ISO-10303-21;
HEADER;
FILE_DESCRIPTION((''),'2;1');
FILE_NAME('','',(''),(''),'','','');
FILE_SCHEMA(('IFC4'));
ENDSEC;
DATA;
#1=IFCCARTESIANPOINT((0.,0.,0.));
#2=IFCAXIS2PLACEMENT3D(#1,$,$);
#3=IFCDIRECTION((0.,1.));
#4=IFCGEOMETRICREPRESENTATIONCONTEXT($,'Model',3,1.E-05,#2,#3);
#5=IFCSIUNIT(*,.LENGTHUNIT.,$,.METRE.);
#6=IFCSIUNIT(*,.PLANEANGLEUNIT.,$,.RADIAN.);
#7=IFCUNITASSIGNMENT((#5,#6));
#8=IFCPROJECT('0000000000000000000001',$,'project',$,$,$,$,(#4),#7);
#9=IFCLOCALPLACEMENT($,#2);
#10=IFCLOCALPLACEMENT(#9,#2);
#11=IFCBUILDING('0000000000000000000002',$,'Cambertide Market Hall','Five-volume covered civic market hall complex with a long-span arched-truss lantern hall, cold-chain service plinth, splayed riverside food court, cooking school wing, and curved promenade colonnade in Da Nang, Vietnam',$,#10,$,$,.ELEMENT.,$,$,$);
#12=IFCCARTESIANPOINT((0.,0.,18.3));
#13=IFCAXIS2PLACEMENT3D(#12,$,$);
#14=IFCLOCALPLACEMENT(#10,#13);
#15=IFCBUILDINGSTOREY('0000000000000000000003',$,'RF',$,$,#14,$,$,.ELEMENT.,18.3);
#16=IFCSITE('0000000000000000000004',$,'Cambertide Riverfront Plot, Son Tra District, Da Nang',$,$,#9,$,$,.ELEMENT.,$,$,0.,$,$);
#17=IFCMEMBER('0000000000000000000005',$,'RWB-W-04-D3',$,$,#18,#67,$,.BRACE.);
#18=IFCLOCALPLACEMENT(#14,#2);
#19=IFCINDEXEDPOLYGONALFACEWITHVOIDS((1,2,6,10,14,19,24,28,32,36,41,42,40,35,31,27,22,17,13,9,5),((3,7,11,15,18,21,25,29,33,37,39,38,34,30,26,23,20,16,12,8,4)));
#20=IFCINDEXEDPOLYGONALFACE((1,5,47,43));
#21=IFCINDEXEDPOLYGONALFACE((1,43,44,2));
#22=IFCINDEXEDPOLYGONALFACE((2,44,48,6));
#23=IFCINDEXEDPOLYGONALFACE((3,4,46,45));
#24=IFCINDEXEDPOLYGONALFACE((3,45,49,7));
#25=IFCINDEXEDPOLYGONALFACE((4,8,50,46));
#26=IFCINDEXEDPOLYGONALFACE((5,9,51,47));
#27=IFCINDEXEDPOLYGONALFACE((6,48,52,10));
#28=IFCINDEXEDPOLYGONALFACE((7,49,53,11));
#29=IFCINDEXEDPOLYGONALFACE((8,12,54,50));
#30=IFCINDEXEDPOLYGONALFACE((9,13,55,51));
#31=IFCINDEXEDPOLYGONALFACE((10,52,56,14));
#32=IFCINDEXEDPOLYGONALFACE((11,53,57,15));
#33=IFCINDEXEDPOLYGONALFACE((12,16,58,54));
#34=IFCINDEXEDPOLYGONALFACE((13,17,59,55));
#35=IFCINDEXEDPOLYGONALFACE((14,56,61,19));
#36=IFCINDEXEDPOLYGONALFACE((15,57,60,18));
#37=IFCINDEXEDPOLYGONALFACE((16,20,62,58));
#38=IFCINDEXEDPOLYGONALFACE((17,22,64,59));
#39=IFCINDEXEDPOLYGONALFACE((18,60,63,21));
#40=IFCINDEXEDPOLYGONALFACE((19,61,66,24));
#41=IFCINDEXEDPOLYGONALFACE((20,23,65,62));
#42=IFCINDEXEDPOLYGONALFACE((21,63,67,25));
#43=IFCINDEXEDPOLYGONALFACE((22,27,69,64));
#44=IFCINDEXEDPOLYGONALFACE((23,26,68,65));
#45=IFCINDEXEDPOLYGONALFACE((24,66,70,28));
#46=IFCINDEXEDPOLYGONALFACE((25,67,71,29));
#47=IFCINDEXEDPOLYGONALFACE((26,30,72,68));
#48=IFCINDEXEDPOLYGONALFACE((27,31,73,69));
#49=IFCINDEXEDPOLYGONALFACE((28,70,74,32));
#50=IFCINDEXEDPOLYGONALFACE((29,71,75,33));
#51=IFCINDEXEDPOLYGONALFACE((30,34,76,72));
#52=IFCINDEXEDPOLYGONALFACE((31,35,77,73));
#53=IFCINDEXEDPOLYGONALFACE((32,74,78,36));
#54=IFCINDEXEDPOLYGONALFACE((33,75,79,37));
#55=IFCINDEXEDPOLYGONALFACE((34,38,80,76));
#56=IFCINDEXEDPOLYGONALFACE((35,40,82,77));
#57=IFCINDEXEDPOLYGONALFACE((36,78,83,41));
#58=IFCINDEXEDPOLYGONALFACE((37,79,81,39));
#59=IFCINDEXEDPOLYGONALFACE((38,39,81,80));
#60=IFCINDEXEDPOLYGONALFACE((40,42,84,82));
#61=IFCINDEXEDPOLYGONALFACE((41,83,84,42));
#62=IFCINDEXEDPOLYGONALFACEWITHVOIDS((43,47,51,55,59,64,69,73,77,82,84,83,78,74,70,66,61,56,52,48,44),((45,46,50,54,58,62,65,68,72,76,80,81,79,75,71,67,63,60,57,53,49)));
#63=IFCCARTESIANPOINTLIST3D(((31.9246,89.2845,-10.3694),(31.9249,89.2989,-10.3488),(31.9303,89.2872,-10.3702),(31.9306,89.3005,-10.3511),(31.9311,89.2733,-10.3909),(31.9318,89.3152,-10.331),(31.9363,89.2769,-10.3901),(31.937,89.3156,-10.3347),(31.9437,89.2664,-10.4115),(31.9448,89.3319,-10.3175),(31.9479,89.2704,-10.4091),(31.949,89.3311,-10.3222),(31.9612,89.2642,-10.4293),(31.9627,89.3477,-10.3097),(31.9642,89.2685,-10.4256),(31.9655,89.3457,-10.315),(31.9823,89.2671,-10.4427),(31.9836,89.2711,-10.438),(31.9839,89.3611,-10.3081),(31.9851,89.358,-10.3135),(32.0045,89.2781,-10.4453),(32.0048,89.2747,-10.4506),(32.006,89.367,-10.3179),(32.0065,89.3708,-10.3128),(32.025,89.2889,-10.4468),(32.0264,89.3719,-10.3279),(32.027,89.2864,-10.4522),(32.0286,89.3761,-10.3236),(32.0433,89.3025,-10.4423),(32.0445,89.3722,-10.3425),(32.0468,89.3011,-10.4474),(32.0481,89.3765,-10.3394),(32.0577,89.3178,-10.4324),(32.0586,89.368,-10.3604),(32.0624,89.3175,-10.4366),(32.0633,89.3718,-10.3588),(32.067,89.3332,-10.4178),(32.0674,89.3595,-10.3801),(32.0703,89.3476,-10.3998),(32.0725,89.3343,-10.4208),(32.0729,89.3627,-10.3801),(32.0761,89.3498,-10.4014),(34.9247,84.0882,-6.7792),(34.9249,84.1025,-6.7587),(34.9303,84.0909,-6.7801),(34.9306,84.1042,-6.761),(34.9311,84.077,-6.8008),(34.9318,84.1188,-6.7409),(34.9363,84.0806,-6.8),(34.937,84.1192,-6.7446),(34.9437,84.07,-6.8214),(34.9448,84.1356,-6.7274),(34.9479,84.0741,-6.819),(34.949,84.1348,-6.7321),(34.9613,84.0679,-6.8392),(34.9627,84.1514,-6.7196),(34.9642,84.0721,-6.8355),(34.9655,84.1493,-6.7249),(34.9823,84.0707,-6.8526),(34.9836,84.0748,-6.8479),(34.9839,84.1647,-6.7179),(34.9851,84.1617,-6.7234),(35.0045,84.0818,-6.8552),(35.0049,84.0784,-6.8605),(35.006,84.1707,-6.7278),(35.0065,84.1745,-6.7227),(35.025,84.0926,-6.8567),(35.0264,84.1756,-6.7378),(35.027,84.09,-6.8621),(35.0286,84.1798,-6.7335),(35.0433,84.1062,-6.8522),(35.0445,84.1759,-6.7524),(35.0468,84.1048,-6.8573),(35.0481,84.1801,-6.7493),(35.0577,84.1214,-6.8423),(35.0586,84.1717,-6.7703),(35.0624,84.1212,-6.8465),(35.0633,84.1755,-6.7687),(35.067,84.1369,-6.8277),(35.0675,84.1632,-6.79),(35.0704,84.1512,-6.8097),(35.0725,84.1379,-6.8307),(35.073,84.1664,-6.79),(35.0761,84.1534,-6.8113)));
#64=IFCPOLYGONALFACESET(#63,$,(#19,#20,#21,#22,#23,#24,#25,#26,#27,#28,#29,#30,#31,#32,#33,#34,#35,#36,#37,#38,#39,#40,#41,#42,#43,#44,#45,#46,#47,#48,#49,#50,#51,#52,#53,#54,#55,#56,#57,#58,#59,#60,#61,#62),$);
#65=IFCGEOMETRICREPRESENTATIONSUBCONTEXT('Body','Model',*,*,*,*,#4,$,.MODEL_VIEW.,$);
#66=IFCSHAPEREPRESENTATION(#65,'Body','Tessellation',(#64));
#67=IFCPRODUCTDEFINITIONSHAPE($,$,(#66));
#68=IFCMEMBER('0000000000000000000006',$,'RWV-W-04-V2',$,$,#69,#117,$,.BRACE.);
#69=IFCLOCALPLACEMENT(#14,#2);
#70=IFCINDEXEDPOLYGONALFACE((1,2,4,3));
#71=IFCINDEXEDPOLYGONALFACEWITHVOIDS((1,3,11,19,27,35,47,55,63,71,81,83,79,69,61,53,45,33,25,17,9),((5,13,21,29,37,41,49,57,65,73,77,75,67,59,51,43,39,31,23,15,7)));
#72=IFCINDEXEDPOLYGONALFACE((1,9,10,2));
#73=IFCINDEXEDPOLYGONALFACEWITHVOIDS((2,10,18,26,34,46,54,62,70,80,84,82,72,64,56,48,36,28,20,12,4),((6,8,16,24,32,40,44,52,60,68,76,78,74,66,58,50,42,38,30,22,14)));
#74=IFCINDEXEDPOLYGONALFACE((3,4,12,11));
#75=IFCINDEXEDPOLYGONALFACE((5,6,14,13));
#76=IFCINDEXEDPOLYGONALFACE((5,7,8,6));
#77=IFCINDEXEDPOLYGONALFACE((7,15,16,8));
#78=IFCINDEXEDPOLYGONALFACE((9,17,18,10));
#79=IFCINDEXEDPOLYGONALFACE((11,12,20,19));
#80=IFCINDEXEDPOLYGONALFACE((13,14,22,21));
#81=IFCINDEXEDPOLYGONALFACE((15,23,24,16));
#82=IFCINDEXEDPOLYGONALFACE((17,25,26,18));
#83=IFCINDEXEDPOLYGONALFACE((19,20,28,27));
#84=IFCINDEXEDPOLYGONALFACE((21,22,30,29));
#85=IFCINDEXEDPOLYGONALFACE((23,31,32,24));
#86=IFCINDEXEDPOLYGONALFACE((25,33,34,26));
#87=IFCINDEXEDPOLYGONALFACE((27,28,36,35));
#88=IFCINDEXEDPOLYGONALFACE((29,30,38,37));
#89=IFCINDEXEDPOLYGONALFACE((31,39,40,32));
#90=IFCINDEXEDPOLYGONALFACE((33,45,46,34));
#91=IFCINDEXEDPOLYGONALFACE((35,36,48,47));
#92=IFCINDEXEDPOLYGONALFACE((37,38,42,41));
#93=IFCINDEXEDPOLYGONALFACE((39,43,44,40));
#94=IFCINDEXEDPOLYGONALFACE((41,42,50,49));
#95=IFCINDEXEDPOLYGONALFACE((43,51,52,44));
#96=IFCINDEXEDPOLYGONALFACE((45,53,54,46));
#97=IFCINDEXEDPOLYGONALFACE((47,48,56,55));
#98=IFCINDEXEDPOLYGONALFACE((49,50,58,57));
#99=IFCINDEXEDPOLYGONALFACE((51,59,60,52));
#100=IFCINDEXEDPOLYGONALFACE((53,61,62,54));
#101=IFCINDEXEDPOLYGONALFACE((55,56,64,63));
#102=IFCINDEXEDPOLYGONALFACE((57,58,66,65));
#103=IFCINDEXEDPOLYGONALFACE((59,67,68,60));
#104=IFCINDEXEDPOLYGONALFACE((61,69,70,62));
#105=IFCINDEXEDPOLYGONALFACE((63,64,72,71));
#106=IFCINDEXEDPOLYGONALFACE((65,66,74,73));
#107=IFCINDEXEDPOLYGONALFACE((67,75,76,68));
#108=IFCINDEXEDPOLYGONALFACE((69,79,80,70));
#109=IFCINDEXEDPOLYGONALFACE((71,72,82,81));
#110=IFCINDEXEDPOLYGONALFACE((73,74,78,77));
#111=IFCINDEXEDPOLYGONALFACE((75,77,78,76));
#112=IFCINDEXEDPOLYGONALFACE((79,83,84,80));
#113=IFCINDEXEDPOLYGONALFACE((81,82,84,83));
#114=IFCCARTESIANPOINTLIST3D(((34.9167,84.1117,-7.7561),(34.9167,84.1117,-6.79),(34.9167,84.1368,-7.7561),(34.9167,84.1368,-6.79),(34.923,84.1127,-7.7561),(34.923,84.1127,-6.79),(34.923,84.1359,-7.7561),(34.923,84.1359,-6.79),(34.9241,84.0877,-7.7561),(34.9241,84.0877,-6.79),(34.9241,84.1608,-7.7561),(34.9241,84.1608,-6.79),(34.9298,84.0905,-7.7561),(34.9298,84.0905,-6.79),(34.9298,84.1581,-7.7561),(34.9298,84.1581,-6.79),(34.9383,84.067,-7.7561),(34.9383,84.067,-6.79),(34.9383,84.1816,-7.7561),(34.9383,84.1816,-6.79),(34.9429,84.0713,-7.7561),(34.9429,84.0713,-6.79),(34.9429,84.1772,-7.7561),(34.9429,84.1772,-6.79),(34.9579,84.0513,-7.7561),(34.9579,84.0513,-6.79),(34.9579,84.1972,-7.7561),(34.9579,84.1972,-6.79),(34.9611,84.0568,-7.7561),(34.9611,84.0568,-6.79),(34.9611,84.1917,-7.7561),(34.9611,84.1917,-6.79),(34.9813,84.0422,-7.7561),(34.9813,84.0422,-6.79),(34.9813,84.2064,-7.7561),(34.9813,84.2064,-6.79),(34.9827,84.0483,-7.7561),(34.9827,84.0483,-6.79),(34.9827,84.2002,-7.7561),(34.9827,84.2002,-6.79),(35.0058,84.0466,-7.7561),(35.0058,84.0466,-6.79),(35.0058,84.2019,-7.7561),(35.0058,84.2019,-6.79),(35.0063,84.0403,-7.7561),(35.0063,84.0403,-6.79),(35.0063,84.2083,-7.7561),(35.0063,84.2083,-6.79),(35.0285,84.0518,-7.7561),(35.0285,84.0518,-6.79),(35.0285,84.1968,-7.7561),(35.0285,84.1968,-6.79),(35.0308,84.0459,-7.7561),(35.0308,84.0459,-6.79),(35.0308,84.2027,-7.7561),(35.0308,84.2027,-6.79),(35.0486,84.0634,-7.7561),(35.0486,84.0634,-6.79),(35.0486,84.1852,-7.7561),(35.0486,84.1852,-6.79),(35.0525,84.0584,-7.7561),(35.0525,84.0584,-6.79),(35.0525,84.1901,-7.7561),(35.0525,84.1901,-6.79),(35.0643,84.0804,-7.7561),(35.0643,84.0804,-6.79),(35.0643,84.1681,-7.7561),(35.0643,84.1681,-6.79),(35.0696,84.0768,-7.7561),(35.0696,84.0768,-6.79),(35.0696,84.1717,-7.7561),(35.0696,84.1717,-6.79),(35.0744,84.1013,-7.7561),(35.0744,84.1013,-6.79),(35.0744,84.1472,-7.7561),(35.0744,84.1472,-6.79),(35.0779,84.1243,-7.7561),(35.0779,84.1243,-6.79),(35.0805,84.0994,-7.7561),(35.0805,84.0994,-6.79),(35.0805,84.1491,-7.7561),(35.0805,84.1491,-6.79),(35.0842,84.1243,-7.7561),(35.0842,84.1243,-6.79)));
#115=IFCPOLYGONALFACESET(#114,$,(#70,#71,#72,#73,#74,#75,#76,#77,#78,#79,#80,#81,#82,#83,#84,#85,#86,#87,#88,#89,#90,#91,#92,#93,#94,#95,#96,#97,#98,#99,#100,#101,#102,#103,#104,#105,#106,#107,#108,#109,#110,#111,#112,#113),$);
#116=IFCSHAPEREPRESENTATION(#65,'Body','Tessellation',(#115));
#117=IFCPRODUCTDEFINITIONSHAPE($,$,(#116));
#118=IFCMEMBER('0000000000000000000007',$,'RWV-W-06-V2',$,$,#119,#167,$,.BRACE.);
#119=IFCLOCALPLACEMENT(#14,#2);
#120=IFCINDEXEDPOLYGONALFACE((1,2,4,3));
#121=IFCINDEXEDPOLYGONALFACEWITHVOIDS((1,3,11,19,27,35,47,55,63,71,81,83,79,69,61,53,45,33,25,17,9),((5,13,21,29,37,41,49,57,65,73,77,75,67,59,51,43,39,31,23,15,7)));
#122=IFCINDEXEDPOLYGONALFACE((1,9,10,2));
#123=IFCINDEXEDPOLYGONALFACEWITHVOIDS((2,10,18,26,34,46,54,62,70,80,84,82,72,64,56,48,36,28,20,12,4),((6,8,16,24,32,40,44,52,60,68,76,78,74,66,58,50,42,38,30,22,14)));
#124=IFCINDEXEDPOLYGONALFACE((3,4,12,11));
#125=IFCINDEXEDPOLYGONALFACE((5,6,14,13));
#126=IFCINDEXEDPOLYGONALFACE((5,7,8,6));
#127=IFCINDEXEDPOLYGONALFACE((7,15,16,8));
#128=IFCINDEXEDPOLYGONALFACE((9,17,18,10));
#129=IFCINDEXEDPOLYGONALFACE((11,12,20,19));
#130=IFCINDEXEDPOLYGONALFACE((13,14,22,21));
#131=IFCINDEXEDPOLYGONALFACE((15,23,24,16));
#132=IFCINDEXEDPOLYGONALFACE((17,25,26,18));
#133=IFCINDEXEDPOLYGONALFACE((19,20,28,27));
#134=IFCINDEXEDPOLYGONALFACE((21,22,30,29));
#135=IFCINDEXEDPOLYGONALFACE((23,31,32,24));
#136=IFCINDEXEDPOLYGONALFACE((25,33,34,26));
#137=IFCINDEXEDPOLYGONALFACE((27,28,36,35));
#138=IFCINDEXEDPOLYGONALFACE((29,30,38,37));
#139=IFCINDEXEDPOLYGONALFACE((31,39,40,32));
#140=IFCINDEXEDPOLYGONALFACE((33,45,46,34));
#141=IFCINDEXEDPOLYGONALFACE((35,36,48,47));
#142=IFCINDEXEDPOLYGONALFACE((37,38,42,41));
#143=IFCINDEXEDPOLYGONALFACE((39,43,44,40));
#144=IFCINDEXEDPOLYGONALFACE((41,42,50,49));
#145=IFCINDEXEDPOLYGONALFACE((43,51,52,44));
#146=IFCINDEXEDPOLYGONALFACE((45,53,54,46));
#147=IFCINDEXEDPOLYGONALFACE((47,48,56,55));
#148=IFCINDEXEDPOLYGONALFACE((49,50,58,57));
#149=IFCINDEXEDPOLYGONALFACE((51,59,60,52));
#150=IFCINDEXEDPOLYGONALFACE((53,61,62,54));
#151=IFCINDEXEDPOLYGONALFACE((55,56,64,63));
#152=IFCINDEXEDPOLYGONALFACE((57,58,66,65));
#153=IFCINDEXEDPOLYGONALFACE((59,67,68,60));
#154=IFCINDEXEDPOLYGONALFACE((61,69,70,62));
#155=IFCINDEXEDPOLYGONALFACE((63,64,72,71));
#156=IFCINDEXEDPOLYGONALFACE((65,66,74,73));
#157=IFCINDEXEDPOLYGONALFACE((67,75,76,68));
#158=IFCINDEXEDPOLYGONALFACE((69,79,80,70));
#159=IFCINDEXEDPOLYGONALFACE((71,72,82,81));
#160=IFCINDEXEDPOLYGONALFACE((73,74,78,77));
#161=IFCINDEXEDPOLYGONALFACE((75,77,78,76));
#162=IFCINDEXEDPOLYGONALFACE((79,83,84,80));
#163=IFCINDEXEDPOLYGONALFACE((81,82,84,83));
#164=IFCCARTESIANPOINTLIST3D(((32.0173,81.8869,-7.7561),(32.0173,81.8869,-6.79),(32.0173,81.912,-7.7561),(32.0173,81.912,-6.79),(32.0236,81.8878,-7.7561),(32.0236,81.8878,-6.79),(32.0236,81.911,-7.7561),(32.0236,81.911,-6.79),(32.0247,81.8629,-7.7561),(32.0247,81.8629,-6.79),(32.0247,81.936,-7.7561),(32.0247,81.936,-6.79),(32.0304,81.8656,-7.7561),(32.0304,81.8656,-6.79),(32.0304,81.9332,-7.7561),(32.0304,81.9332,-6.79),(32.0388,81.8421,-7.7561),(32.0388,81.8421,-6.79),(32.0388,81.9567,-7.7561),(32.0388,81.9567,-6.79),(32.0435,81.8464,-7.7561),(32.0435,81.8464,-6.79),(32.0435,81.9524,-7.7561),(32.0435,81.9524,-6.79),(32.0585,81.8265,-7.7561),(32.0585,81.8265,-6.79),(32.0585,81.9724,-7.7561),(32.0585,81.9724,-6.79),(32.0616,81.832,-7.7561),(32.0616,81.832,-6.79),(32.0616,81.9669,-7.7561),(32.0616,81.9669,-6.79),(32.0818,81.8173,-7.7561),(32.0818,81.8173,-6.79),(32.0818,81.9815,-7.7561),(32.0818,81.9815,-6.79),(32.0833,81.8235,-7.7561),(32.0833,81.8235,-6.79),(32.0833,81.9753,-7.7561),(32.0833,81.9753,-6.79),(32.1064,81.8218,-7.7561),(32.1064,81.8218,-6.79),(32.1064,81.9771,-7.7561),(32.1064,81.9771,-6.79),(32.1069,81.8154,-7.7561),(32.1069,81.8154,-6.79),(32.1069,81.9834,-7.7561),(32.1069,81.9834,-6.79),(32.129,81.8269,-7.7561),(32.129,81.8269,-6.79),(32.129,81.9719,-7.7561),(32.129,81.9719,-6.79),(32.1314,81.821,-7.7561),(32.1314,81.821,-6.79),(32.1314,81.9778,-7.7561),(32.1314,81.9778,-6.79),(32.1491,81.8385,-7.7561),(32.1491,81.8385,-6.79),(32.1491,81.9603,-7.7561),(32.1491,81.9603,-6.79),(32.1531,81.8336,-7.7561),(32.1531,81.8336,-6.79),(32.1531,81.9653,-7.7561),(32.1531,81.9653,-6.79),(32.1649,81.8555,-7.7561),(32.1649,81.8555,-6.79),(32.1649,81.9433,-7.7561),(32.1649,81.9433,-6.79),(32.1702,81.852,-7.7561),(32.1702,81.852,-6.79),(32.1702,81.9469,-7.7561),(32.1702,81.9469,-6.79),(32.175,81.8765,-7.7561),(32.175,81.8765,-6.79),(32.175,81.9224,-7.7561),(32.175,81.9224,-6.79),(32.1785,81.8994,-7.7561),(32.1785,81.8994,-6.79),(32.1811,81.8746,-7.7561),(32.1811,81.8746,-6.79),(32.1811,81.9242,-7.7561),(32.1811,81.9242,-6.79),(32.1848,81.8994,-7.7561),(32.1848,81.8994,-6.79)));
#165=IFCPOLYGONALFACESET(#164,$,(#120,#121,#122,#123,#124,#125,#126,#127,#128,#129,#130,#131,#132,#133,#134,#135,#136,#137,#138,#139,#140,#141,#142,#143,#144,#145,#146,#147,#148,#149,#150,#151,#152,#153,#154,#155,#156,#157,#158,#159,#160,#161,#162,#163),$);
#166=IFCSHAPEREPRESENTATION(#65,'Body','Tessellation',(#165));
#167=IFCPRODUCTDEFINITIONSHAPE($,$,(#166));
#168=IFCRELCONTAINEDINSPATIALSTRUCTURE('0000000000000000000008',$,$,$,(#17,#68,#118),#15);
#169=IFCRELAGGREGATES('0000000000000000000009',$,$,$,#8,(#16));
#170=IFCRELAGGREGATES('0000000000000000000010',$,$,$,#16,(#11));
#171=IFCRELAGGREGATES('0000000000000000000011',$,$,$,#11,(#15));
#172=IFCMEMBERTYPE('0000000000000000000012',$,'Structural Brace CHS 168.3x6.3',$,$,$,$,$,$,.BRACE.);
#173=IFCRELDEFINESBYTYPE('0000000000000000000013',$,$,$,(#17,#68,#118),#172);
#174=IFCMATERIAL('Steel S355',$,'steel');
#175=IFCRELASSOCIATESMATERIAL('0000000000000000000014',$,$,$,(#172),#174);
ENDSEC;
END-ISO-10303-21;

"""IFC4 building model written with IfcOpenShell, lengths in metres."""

from ifc_helpers import new_model, si_unit, direction, frame, origin, origin_2d, place, context, subcontext, project, spatial, hollow_circle, extrude, material, material_profile, profile_set, type_object, element, save


model = new_model("IFC4")

# Units and contexts
model_context = context("Model", 3, precision=1e-05, world=origin(), true_north=direction((0.0, 1.0)))
body_context = subcontext(model_context, "Body", "Model", "MODEL_VIEW")
ifc_project = project(units=[si_unit("LENGTHUNIT", "METRE"), si_unit("PLANEANGLEUNIT", "RADIAN")], contexts=[model_context])

# Site, building, storey
site_placement = place(None, origin())
site = spatial("IfcSite", under=ifc_project, at=site_placement, Name="Cambertide Riverfront Plot, Son Tra District, Da Nang", CompositionType="ELEMENT", RefElevation=0.0)
building_placement = place(site_placement, origin())
building = spatial("IfcBuilding", under=site, at=building_placement, Name="Cambertide Market Hall", Description="Five-volume covered civic market hall complex with a long-span arched-truss lantern hall, cold-chain service plinth, splayed riverside food court, cooking school wing, and curved promenade colonnade in Da Nang, Vietnam", CompositionType="ELEMENT")
storey_placement = place(building_placement, frame((0.0, 0.0, 18.3)))
storey = spatial("IfcBuildingStorey", under=building, at=storey_placement, Name="RF", CompositionType="ELEMENT", Elevation=18.3)

# Members
ifc_material_1 = material(Name="Steel S355", Category="steel")
ifc_material_profile_1 = material_profile(ifc_material_1, hollow_circle(Radius=0.0842, WallThickness=0.0063, at=origin_2d()), Name="CHS 168.3x6.3")
ifc_profile_set_1 = profile_set([ifc_material_profile_1], Name="Steel S355")
member_type_1 = type_object("IfcMemberType", Name="Structural Brace CHS 168.3x6.3", PredefinedType="BRACE", material=ifc_profile_set_1)
member_1_placement = place(storey_placement, frame((32.0, 89.3206, -10.3801), z_axis=(0.429053, -0.74316, 0.513446), x_axis=(0.866031, 0.49999, 0.0)))
element("IfcMember", 1, at=member_1_placement, inside=storey, type_object=member_type_1, Name="RWB-W-04-D3", PredefinedType="BRACE", context=body_context, shape_type="SweptSolid", body=[
    extrude(hollow_circle(Radius=0.0842, WallThickness=0.0063, at=origin_2d()), origin(), (0.0, 0.0, 1.0), 6.9922),
])
for number, where, z_axis, x_axis, name in (
    (2, (35.0, 84.1243, -7.7561), (0.0, 0.0, 1.0), (1.0, 0.0, 0.0), "RWV-W-04-V2"),
    (3, (32.1006, 81.8994, -7.7561), (0.0, 0.0, 1.0), (1.0, 0.0, 0.0), "RWV-W-06-V2"),
):
    element("IfcMember", number, at=place(storey_placement, frame(where, z_axis=z_axis, x_axis=x_axis)), inside=storey, type_object=member_type_1, Name=name, PredefinedType="BRACE", context=body_context, shape_type="SweptSolid", body=[
        extrude(hollow_circle(Radius=0.0842, WallThickness=0.0063, at=origin_2d()), origin(), (0.0, 0.0, 1.0), 0.9661),
    ])

save(model, "model.ifc")
